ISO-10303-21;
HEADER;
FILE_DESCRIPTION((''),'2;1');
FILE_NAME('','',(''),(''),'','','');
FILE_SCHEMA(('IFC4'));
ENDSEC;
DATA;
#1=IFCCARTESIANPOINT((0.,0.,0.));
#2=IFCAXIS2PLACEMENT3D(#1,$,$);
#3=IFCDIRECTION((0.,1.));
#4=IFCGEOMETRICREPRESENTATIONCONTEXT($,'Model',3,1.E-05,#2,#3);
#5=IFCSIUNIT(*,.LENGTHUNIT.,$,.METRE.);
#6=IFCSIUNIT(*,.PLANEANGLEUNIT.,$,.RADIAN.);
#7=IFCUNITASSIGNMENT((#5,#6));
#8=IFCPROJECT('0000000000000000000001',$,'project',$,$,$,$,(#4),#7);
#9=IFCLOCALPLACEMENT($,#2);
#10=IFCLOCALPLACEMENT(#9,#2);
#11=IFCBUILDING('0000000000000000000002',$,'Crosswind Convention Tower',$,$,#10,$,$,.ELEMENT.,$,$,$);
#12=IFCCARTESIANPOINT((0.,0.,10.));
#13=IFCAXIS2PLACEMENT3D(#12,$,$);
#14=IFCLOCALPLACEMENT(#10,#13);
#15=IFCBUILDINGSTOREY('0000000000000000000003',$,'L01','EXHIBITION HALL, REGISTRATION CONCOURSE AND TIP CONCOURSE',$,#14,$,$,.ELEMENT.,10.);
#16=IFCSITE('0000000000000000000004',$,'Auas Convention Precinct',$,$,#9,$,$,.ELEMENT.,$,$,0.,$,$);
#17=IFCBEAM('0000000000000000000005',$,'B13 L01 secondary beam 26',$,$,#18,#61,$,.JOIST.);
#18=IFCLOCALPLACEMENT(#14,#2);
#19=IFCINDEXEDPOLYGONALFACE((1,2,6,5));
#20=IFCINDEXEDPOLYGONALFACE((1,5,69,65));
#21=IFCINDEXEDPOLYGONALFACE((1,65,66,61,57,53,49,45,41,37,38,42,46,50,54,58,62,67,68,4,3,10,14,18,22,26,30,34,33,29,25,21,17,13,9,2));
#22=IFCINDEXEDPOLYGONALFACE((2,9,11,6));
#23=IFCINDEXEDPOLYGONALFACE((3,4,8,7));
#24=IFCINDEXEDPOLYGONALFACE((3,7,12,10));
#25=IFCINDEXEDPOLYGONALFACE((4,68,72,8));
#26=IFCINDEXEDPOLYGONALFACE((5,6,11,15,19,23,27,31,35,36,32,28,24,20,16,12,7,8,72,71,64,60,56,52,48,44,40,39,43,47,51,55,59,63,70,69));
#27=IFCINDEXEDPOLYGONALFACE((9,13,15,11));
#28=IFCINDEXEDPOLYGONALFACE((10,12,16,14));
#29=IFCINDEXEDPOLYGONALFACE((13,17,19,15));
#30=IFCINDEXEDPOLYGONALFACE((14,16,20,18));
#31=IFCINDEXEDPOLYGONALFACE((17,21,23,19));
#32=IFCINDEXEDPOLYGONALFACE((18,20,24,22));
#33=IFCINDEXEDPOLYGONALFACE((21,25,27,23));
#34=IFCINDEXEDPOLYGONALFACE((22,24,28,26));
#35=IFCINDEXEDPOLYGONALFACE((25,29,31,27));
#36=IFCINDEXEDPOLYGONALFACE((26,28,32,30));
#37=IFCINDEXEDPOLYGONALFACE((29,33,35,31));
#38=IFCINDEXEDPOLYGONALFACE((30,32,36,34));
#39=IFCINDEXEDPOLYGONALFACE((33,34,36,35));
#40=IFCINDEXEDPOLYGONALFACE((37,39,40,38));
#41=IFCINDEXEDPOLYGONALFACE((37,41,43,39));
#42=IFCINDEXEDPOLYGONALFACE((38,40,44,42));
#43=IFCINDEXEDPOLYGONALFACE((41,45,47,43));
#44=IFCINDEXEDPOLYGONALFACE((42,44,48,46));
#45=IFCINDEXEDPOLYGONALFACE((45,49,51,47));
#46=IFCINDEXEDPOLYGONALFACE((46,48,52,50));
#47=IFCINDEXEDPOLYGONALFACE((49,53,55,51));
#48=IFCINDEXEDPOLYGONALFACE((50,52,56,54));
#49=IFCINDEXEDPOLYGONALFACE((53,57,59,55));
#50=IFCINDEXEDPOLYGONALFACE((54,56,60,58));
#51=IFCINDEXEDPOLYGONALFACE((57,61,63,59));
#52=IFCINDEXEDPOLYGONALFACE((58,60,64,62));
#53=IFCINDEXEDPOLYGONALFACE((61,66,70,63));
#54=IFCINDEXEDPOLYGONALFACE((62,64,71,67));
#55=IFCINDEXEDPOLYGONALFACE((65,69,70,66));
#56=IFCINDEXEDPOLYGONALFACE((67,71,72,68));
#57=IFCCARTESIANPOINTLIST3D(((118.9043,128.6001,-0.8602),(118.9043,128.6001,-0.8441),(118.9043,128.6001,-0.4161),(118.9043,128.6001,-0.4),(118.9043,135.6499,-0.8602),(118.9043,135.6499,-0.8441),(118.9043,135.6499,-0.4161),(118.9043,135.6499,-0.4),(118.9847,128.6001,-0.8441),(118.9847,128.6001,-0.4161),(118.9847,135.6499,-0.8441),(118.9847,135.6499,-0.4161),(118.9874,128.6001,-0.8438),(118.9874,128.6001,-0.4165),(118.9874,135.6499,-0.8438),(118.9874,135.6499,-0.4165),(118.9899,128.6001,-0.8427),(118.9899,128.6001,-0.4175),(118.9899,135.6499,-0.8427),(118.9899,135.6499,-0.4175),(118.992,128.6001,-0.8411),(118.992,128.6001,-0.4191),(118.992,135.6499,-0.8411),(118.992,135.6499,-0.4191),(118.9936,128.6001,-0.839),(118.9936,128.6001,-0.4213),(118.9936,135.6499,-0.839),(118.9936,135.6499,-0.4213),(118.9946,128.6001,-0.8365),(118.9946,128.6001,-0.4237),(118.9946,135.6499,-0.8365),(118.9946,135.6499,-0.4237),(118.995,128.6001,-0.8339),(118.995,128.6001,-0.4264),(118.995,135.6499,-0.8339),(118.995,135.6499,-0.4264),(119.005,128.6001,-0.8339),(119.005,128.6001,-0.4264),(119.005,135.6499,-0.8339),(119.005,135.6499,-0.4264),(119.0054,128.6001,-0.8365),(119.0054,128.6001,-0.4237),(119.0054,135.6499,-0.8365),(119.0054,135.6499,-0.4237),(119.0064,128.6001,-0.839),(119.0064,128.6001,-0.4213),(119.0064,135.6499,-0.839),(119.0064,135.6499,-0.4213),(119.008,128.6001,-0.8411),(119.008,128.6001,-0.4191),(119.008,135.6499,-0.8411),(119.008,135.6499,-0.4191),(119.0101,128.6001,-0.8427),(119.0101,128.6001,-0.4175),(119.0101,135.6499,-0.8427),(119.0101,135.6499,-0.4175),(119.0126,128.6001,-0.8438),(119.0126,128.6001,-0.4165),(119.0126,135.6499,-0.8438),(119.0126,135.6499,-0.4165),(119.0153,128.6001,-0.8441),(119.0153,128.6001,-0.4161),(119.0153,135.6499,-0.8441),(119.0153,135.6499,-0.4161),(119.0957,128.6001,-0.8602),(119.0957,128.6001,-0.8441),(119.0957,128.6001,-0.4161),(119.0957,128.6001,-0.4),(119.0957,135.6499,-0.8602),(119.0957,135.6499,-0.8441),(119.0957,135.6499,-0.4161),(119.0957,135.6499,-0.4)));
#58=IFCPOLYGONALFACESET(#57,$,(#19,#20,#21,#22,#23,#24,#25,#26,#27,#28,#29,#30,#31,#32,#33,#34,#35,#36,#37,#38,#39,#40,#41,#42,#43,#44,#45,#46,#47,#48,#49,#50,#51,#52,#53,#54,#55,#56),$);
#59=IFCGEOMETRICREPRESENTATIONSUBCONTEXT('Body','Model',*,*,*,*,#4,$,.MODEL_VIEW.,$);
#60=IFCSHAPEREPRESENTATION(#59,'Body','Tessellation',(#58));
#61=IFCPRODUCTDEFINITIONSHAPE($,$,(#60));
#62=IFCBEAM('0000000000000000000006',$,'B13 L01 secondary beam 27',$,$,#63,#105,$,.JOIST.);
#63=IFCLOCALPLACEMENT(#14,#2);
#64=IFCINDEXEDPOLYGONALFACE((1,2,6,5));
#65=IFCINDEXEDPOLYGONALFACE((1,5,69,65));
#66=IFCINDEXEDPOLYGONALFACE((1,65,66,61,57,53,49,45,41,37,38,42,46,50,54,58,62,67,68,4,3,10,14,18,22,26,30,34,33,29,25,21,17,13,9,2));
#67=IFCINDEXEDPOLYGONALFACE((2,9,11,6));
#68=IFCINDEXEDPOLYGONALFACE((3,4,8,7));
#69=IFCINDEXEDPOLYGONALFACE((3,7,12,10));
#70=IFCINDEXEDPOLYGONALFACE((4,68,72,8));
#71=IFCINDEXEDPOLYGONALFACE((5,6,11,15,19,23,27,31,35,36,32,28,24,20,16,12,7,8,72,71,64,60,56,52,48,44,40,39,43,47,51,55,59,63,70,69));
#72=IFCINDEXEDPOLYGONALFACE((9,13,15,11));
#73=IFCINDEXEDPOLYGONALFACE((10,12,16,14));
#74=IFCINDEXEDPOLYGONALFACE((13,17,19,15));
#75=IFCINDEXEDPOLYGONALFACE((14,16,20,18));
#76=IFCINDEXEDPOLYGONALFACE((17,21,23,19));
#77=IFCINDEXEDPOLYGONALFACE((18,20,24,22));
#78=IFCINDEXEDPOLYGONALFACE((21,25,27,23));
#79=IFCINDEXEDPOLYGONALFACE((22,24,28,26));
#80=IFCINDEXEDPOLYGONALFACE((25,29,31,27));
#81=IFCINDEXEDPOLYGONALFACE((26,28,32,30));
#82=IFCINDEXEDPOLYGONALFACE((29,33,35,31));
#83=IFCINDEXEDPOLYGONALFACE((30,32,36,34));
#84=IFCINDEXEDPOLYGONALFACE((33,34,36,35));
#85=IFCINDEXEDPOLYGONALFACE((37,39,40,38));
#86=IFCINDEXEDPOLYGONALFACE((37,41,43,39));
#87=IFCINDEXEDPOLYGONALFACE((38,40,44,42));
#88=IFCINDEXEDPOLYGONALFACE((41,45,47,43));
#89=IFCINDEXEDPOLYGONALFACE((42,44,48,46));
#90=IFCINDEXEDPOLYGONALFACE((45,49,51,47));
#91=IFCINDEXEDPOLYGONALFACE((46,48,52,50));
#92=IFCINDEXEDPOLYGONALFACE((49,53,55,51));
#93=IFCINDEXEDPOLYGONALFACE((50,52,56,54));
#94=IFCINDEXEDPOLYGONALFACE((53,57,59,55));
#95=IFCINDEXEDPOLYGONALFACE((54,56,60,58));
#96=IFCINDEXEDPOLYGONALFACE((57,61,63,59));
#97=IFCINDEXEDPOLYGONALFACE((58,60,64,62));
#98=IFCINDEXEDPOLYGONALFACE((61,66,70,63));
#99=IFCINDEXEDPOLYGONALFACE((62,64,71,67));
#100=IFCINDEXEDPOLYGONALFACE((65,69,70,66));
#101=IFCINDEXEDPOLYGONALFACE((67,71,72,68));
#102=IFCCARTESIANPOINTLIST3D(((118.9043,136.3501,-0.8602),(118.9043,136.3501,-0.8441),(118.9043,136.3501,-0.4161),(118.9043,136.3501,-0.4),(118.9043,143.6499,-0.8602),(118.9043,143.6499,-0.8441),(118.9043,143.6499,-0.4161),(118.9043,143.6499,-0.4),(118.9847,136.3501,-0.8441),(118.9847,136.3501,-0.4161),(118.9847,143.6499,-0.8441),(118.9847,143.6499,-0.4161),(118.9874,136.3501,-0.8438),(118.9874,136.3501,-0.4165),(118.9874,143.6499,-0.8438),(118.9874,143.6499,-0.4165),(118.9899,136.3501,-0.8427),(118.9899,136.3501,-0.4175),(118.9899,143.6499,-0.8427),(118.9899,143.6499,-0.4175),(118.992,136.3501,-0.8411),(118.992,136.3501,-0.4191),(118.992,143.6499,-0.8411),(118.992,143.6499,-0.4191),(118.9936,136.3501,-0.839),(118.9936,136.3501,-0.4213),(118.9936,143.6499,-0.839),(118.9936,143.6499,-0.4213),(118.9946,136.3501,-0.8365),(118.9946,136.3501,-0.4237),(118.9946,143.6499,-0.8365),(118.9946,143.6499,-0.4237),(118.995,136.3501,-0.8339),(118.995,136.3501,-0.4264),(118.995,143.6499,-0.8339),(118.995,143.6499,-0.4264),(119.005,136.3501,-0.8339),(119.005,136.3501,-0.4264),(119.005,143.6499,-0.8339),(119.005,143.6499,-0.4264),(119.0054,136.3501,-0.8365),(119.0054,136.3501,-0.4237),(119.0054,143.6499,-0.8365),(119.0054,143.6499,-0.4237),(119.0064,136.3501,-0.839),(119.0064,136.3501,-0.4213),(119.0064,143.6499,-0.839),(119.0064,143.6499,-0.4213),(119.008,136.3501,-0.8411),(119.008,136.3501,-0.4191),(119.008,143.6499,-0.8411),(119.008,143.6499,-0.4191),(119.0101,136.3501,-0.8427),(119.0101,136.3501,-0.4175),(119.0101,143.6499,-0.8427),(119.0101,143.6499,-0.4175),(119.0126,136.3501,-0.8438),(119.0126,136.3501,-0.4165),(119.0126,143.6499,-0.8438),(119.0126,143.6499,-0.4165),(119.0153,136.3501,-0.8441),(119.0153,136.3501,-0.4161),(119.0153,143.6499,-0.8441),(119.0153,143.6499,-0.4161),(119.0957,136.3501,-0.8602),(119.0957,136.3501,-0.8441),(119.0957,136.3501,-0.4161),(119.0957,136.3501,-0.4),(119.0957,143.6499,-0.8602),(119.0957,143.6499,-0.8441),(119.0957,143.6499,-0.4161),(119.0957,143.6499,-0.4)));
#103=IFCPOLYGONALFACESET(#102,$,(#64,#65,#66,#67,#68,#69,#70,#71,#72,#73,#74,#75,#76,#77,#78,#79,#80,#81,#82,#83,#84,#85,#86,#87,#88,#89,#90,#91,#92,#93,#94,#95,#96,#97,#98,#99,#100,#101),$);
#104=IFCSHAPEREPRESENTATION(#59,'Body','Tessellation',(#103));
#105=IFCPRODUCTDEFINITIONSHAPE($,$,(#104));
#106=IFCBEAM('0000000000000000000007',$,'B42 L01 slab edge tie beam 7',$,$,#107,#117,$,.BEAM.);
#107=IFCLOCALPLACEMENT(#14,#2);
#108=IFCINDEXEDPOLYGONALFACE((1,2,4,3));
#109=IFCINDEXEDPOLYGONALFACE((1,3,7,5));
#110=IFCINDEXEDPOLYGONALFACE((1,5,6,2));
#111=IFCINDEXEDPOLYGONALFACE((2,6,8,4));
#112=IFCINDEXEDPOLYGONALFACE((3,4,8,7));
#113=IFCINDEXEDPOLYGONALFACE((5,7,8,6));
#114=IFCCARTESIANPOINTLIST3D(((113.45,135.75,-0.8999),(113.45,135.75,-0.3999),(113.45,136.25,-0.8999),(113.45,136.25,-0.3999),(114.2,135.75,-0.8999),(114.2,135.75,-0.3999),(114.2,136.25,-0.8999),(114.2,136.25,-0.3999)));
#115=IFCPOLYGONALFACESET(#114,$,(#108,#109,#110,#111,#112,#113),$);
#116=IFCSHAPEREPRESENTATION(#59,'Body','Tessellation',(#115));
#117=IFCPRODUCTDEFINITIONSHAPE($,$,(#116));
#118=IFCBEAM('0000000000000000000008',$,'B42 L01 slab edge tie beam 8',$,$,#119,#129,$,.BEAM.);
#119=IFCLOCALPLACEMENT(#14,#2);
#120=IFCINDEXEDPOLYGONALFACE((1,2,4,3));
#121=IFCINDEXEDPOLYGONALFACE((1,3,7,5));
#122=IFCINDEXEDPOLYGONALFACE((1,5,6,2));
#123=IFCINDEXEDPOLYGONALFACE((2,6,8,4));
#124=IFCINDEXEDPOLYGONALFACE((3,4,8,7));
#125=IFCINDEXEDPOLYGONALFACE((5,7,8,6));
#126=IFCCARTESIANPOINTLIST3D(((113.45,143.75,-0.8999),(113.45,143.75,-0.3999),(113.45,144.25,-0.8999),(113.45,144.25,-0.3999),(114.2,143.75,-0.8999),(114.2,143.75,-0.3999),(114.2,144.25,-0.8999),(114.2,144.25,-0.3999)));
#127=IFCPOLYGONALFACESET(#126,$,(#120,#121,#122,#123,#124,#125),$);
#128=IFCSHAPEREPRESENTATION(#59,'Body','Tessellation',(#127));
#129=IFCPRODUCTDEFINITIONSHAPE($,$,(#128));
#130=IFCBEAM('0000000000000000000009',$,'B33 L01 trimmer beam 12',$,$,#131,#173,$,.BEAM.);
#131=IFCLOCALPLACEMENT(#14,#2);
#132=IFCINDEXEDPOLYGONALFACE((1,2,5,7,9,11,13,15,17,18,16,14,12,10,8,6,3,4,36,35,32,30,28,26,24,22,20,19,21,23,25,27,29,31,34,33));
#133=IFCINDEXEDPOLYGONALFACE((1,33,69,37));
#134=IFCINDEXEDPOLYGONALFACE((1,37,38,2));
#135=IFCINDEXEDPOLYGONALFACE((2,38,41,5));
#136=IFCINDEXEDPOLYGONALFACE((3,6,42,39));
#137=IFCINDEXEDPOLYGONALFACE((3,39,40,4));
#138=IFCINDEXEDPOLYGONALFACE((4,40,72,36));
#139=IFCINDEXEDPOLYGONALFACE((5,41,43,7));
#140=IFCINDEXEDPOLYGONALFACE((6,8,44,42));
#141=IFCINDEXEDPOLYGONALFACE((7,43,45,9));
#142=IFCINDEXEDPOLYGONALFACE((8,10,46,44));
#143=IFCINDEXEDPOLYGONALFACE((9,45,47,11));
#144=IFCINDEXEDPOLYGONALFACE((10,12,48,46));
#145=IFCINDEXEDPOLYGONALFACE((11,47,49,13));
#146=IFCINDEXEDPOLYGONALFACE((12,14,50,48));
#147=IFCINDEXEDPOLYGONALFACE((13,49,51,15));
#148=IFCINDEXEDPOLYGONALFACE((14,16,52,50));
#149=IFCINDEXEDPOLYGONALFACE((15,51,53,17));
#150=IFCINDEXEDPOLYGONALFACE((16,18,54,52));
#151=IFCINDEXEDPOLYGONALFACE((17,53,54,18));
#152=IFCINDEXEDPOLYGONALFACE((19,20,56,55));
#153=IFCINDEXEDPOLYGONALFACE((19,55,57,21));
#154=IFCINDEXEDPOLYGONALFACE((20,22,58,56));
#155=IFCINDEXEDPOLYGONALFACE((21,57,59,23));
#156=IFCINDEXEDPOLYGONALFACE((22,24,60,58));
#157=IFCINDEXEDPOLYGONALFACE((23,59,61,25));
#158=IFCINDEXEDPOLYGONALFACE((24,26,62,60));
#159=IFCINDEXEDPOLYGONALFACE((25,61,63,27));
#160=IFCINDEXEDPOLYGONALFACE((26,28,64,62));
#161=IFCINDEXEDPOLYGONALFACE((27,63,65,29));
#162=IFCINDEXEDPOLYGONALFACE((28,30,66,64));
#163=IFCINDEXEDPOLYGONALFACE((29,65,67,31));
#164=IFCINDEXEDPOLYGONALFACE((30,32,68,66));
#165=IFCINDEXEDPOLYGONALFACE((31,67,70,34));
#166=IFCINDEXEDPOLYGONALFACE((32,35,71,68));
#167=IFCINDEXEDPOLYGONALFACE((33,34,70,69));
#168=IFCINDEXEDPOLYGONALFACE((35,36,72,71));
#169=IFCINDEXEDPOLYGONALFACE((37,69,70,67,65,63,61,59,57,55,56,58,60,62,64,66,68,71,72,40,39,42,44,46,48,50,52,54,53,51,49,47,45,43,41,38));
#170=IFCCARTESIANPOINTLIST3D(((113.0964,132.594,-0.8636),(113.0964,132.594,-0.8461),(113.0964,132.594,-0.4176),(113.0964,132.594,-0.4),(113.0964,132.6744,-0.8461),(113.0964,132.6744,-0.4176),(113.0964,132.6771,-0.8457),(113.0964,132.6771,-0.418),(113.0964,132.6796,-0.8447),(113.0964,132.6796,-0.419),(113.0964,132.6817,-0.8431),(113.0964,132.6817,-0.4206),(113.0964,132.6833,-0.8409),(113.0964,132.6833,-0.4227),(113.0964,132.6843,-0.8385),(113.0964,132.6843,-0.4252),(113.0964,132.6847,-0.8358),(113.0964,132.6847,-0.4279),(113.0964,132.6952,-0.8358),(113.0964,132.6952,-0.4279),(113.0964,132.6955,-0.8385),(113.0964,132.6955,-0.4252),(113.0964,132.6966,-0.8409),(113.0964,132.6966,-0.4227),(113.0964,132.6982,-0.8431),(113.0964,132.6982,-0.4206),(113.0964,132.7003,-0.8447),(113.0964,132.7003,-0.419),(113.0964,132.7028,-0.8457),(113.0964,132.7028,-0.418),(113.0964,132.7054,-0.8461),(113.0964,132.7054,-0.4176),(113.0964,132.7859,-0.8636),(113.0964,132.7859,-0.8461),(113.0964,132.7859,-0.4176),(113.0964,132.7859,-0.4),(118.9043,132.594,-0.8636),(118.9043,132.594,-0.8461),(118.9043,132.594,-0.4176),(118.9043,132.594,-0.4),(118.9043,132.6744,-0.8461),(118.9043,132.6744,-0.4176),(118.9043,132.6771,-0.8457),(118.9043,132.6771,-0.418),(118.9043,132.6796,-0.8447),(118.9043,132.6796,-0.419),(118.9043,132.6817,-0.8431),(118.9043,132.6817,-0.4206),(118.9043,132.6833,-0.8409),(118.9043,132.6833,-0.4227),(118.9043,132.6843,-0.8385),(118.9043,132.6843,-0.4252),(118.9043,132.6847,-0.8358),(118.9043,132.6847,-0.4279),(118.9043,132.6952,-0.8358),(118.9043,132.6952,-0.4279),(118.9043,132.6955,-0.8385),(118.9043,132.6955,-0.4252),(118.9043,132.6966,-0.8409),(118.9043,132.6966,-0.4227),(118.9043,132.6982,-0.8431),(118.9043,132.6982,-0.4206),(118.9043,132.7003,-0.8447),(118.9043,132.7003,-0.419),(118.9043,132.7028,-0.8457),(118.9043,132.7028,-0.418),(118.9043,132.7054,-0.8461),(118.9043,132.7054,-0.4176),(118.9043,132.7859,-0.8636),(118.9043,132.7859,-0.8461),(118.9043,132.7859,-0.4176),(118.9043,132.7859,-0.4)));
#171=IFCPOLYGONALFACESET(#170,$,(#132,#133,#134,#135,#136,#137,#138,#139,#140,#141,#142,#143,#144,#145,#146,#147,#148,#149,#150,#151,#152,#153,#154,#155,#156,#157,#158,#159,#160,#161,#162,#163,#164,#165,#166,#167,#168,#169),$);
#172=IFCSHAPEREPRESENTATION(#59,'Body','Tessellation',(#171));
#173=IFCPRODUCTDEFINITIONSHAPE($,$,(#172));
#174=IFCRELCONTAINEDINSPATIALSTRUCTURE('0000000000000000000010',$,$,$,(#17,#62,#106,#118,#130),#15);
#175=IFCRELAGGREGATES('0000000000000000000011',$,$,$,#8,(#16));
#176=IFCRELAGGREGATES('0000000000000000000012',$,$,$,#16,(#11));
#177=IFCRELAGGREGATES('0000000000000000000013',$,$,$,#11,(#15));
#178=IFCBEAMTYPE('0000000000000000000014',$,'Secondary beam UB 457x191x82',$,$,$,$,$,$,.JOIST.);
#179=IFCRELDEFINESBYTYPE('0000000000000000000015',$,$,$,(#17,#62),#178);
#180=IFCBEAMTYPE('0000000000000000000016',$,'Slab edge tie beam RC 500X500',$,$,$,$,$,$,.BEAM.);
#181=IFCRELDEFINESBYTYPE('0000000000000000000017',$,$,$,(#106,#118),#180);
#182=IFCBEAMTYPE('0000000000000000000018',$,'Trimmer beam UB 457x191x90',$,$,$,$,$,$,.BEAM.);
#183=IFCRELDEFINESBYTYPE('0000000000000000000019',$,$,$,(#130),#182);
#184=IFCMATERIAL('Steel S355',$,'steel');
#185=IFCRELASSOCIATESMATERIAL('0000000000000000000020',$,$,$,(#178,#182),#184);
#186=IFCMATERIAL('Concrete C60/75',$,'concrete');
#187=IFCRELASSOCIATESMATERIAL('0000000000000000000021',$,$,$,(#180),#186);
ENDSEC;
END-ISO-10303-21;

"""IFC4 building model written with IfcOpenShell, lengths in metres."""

from ifc_helpers import new_model, si_unit, direction, frame, origin, origin_2d, place, context, subcontext, project, spatial, rectangle, i_section, extrude, material, material_profile, profile_set, type_object, element, save


model = new_model("IFC4")

# Units and contexts
model_context = context("Model", 3, precision=1e-05, world=origin(), true_north=direction((0.0, 1.0)))
body_context = subcontext(model_context, "Body", "Model", "MODEL_VIEW")
ifc_project = project(units=[si_unit("LENGTHUNIT", "METRE"), si_unit("PLANEANGLEUNIT", "RADIAN")], contexts=[model_context])

# Site, building, storey
site_placement = place(None, origin())
site = spatial("IfcSite", under=ifc_project, at=site_placement, Name="Auas Convention Precinct", CompositionType="ELEMENT", RefElevation=0.0)
building_placement = place(site_placement, origin())
building = spatial("IfcBuilding", under=site, at=building_placement, Name="Crosswind Convention Tower", CompositionType="ELEMENT")
storey_placement = place(building_placement, frame((0.0, 0.0, 10.0)))
storey = spatial("IfcBuildingStorey", under=building, at=storey_placement, Name="L01", Description="EXHIBITION HALL, REGISTRATION CONCOURSE AND TIP CONCOURSE", CompositionType="ELEMENT", Elevation=10.0)

# Shared definitions
ifc_material_1 = material(Name="Concrete C60/75", Category="concrete")

# Beams
ifc_material_2 = material(Name="Steel S355", Category="steel")
ifc_material_profile_1 = material_profile(ifc_material_2, i_section(OverallWidth=0.1914, OverallDepth=0.4602, WebThickness=0.01, FlangeThickness=0.0161, FilletRadius=0.0103, at=origin_2d()), Name="UB 457x191x82")
ifc_profile_set_1 = profile_set([ifc_material_profile_1], Name="Steel S355")
beam_type_1 = type_object("IfcBeamType", Name="Secondary beam UB 457x191x82", PredefinedType="JOIST", material=ifc_profile_set_1)
beam_1_placement = place(storey_placement, frame((119.0, 128.6001, -0.6301), z_axis=(0.0, 1.0, 0.0), x_axis=(-1.0, 0.0, 0.0)))
element("IfcBeam", 1, at=beam_1_placement, inside=storey, type_object=beam_type_1, Name="B13 L01 secondary beam 26", PredefinedType="JOIST", context=body_context, shape_type="SweptSolid", body=[
    extrude(i_section(OverallWidth=0.1914, OverallDepth=0.4602, WebThickness=0.01, FlangeThickness=0.0161, FilletRadius=0.0103, at=origin_2d()), origin(), (0.0, 0.0, 1.0), 7.0498),
])
beam_2_placement = place(storey_placement, frame((119.0, 136.3501, -0.6301), z_axis=(0.0, 1.0, 0.0), x_axis=(-1.0, 0.0, 0.0)))
element("IfcBeam", 2, at=beam_2_placement, inside=storey, type_object=beam_type_1, Name="B13 L01 secondary beam 27", PredefinedType="JOIST", context=body_context, shape_type="SweptSolid", body=[
    extrude(i_section(OverallWidth=0.1914, OverallDepth=0.4602, WebThickness=0.01, FlangeThickness=0.0161, FilletRadius=0.0103, at=origin_2d()), origin(), (0.0, 0.0, 1.0), 7.2998),
])
ifc_material_profile_2 = material_profile(ifc_material_1, rectangle(XDim=0.5, YDim=0.5, at=origin_2d()), Name="RC 500X500")
ifc_profile_set_2 = profile_set([ifc_material_profile_2], Name="Concrete C60/75")
beam_type_2 = type_object("IfcBeamType", Name="Slab edge tie beam RC 500X500", PredefinedType="BEAM", material=ifc_profile_set_2)
for number, where, z_axis, x_axis, name in (
    (3, (113.45, 136.0, -0.6499), (1.0, 0.0, 0.0), (0.0, 1.0, 0.0), "B42 L01 slab edge tie beam 7"),
    (4, (113.45, 144.0, -0.6499), (1.0, 0.0, 0.0), (0.0, 1.0, 0.0), "B42 L01 slab edge tie beam 8"),
):
    element("IfcBeam", number, at=place(storey_placement, frame(where, z_axis=z_axis, x_axis=x_axis)), inside=storey, type_object=beam_type_2, Name=name, PredefinedType="BEAM", context=body_context, shape_type="SweptSolid", body=[
        extrude(rectangle(XDim=0.5, YDim=0.5, at=origin_2d()), origin(), (0.0, 0.0, 1.0), 0.75),
    ])
ifc_material_profile_3 = material_profile(ifc_material_2, i_section(OverallWidth=0.1919, OverallDepth=0.4636, WebThickness=0.0105, FlangeThickness=0.0176, FilletRadius=0.0103, at=origin_2d()), Name="UB 457x191x90")
ifc_profile_set_3 = profile_set([ifc_material_profile_3], Name="Steel S355")
beam_type_3 = type_object("IfcBeamType", Name="Trimmer beam UB 457x191x90", PredefinedType="BEAM", material=ifc_profile_set_3)
beam_3_placement = place(storey_placement, frame((113.0964, 132.6899, -0.6318), z_axis=(1.0, 0.0, 0.0), x_axis=(0.0, 1.0, 0.0)))
element("IfcBeam", 5, at=beam_3_placement, inside=storey, type_object=beam_type_3, Name="B33 L01 trimmer beam 12", PredefinedType="BEAM", context=body_context, shape_type="SweptSolid", body=[
    extrude(i_section(OverallWidth=0.1919, OverallDepth=0.4636, WebThickness=0.0105, FlangeThickness=0.0176, FilletRadius=0.0103, at=origin_2d()), origin(), (0.0, 0.0, 1.0), 5.8079),
])

save(model, "model.ifc")
